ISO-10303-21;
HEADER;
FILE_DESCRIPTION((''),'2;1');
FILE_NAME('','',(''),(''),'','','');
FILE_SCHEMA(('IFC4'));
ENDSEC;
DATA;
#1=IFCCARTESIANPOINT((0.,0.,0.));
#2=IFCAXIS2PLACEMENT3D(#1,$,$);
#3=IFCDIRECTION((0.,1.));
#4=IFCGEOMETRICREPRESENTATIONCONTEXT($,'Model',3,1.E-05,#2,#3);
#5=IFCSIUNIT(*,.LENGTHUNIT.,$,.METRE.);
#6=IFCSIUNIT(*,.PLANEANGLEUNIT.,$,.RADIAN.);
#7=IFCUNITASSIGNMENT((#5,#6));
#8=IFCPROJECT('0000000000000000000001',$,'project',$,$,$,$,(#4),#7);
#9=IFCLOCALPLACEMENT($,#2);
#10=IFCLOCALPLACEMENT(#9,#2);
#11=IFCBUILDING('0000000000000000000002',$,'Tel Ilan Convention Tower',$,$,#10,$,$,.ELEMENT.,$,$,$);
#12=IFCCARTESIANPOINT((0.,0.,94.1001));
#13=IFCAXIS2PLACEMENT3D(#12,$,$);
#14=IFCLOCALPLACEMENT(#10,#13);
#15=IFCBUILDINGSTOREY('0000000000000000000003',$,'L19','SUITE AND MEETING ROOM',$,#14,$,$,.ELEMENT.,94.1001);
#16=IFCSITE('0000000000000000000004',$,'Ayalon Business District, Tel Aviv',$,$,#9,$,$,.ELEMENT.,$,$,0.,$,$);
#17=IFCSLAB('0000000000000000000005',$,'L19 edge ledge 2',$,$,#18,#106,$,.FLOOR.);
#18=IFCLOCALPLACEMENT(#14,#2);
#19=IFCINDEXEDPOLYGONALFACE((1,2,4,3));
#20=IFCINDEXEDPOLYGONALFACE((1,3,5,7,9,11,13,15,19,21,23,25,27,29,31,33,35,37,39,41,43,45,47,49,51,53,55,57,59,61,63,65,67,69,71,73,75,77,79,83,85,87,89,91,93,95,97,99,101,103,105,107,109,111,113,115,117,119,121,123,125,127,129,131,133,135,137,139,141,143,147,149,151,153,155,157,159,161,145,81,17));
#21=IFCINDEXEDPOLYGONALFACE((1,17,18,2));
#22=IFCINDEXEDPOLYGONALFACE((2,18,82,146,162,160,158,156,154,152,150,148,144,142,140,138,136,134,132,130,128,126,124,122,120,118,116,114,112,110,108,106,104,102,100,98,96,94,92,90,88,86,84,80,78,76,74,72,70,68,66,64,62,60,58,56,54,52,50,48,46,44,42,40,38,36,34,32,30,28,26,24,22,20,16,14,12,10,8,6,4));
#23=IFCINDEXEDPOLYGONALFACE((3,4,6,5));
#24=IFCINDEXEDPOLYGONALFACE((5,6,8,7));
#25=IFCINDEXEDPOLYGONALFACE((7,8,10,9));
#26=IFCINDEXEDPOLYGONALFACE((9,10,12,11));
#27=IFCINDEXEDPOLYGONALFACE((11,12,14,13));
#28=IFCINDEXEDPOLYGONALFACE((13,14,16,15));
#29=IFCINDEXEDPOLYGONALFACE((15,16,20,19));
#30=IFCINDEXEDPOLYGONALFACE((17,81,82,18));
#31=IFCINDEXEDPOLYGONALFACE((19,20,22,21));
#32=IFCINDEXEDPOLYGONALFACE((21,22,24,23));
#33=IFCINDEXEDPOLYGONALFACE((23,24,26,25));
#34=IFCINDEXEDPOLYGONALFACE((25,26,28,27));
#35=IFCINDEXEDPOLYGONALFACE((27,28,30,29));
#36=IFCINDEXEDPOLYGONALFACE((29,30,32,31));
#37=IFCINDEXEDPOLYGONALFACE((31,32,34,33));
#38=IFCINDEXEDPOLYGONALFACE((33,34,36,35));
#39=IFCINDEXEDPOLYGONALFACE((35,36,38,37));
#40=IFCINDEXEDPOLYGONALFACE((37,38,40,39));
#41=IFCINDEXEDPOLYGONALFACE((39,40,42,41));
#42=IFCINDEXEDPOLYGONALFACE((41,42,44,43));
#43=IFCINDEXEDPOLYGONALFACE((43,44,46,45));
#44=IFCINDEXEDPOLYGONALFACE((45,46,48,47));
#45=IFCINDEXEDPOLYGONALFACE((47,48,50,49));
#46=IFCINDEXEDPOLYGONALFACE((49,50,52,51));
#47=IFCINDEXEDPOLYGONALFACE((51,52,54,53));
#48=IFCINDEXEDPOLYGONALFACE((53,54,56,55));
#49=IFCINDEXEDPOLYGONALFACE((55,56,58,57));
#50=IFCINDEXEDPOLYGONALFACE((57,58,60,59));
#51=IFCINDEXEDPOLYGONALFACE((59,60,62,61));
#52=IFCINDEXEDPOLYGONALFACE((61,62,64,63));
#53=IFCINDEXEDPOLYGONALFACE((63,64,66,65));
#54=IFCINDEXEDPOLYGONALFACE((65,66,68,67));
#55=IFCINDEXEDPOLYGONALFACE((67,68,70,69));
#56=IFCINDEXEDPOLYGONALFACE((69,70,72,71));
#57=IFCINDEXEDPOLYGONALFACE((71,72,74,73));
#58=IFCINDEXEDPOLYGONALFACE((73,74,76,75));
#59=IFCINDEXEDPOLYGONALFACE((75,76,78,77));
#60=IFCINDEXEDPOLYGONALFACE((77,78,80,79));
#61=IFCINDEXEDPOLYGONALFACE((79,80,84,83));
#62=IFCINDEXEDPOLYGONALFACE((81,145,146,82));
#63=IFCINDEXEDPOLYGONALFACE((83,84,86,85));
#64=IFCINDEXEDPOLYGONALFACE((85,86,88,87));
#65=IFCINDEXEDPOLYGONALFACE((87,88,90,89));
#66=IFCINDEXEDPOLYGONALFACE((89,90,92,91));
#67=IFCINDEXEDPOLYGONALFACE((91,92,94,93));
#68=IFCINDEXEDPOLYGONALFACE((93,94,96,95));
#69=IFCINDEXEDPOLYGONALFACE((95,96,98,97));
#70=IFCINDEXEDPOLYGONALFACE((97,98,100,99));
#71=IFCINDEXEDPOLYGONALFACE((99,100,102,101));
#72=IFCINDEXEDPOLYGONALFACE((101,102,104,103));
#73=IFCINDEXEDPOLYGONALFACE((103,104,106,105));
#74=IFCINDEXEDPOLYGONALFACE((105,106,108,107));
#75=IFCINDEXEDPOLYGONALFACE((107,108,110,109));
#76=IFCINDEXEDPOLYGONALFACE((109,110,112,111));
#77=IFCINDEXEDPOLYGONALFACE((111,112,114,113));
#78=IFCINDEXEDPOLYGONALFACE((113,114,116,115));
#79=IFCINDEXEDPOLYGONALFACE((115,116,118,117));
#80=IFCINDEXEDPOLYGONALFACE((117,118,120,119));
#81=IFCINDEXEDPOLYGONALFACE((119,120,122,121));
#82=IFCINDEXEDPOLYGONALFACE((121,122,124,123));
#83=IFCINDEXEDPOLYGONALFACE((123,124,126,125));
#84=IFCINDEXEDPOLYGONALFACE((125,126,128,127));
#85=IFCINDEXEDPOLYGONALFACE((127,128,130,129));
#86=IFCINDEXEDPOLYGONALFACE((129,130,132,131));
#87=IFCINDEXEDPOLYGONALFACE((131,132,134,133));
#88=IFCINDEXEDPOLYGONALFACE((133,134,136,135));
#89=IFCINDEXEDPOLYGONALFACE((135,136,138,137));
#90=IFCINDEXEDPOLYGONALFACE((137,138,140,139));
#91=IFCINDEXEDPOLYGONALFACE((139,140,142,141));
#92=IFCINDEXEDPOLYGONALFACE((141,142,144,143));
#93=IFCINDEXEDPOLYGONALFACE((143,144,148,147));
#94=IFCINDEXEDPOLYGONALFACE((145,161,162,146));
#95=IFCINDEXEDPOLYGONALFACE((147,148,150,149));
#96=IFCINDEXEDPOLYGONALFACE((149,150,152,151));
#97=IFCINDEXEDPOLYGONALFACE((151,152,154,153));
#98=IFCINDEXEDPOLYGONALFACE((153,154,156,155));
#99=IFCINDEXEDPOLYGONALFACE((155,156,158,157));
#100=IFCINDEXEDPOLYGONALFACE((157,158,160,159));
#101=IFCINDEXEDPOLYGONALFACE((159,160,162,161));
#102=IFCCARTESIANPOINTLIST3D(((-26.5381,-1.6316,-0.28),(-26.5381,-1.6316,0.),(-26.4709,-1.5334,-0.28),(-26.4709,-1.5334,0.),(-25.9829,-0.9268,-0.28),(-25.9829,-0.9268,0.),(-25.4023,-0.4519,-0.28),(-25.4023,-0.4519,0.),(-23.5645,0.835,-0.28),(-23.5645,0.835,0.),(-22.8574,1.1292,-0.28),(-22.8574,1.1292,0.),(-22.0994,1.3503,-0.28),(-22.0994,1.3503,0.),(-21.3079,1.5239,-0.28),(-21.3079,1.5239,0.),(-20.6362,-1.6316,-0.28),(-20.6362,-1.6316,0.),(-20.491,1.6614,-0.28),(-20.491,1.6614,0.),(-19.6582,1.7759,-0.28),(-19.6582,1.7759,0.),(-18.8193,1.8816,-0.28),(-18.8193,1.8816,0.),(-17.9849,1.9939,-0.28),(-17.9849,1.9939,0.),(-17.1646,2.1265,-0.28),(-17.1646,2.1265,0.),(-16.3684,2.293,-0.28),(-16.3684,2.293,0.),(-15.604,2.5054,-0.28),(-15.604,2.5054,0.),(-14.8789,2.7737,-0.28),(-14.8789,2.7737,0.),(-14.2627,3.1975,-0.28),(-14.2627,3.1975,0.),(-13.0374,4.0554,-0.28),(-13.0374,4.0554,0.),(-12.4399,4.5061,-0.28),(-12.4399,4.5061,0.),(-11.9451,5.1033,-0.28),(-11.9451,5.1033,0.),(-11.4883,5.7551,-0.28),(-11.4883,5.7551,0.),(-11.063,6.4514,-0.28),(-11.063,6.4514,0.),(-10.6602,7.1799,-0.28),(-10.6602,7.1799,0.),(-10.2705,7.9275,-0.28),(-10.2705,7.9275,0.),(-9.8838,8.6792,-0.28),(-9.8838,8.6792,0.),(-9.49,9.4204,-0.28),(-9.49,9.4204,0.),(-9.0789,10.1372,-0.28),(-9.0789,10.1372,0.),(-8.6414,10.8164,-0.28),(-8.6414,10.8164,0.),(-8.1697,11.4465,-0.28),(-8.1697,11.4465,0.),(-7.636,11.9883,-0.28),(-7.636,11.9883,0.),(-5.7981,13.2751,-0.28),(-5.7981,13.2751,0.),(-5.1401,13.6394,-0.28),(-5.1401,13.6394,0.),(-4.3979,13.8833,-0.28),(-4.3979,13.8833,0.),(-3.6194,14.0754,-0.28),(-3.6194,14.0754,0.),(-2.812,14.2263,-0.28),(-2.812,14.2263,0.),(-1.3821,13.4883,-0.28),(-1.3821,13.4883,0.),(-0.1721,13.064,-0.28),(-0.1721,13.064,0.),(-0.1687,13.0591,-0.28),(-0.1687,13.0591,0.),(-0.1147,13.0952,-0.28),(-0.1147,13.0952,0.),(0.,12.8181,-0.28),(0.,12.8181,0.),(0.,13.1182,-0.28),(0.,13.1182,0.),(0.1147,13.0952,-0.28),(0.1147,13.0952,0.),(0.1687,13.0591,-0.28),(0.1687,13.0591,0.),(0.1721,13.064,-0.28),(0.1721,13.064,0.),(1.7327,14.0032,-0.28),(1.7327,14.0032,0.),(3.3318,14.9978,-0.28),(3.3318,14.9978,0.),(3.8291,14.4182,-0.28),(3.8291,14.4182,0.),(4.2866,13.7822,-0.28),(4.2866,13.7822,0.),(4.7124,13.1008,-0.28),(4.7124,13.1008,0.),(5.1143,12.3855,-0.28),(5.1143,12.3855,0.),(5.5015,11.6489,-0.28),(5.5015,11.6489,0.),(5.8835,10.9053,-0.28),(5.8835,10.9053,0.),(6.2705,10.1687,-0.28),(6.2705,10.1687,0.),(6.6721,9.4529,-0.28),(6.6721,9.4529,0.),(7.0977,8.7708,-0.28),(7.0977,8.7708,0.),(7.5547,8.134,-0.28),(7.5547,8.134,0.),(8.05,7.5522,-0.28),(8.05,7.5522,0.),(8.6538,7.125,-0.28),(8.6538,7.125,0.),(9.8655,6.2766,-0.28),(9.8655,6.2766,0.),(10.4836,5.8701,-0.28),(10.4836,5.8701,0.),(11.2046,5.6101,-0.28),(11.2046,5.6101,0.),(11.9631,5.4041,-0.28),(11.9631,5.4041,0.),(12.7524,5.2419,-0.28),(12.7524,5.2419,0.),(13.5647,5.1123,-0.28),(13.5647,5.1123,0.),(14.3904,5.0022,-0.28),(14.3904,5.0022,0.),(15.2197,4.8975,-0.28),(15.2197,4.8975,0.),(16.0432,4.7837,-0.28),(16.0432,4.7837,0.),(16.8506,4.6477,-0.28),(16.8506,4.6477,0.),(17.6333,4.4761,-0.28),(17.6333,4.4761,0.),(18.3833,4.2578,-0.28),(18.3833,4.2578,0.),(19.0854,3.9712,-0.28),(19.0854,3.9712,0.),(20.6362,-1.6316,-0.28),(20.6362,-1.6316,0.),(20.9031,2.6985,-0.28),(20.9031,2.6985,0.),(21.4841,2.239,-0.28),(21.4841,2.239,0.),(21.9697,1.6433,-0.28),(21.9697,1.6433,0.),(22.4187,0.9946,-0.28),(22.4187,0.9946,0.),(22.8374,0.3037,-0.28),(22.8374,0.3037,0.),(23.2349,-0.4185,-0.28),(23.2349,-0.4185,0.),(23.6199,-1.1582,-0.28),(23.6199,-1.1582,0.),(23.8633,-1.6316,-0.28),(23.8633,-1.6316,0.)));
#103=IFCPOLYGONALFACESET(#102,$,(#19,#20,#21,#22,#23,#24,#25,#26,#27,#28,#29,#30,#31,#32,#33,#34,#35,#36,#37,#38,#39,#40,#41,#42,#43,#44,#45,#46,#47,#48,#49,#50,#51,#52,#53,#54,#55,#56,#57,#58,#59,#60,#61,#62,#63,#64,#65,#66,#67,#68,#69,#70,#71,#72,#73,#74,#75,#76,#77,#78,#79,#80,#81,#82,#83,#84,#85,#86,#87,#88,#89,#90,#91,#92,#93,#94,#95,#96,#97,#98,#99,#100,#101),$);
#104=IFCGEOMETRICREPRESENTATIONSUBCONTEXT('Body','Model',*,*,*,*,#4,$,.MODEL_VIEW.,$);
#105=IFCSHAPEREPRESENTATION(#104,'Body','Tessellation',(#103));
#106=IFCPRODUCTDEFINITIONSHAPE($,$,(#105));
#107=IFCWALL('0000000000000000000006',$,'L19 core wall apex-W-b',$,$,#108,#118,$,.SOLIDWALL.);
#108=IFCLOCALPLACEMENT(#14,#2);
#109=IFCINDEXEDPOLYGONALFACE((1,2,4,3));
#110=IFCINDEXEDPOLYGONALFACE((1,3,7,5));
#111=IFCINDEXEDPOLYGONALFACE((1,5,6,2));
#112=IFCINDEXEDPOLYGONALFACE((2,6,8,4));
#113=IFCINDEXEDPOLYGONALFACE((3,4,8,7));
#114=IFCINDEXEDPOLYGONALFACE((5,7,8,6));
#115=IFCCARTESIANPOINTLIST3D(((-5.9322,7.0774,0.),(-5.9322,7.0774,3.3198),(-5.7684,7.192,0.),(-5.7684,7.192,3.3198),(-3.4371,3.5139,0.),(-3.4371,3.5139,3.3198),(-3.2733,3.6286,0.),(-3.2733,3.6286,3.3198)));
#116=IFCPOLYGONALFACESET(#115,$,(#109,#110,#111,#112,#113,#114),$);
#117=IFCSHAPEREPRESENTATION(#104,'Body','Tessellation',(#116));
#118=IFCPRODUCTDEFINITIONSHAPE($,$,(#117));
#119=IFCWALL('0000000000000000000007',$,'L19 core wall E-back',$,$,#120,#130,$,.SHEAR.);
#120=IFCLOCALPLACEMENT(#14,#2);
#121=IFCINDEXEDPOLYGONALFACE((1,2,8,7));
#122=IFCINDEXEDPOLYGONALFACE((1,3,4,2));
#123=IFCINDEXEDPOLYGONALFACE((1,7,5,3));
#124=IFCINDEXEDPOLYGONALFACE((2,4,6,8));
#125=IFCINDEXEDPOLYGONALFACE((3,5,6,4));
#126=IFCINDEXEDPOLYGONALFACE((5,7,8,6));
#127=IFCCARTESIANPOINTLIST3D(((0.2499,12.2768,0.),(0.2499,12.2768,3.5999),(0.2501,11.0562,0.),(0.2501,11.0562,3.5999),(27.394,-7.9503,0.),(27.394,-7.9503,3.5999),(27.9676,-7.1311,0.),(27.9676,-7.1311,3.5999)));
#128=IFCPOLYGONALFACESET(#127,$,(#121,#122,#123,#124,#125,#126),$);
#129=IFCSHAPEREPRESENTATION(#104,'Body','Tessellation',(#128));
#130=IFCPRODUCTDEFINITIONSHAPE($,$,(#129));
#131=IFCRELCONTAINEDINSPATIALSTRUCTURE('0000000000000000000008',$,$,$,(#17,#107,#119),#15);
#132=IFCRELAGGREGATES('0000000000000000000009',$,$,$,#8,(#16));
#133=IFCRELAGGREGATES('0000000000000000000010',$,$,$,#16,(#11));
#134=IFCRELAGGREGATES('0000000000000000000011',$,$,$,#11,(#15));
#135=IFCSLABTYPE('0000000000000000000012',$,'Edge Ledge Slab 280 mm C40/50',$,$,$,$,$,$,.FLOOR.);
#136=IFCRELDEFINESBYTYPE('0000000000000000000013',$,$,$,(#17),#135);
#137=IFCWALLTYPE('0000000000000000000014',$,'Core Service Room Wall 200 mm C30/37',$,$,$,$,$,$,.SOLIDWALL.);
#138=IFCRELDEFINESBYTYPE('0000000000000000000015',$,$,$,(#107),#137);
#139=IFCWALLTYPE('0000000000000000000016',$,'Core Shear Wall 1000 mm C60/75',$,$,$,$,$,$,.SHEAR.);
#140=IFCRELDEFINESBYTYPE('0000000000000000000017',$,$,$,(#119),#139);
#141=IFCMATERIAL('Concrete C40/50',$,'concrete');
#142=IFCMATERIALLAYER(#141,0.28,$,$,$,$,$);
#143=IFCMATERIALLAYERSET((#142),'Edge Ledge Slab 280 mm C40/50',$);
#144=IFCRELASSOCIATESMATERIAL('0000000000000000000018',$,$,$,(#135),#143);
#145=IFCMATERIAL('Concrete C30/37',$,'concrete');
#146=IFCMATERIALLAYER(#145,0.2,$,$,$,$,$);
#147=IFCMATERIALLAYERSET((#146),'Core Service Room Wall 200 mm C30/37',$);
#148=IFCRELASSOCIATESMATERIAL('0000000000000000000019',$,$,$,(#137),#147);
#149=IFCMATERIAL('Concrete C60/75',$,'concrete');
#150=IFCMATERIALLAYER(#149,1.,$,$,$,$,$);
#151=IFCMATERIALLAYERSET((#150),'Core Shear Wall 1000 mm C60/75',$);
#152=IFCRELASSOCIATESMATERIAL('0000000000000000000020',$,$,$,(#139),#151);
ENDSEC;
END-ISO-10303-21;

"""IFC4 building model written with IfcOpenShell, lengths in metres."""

from ifc_helpers import new_model, si_unit, direction, frame, frame_2d, origin, place, context, subcontext, project, spatial, polyline, rectangle, outline, extrude, material, layer, layer_set, type_object, element, save


model = new_model("IFC4")

# Units and contexts
model_context = context("Model", 3, precision=1e-05, world=origin(), true_north=direction((0.0, 1.0)))
body_context = subcontext(model_context, "Body", "Model", "MODEL_VIEW")
ifc_project = project(units=[si_unit("LENGTHUNIT", "METRE"), si_unit("PLANEANGLEUNIT", "RADIAN")], contexts=[model_context])

# Site, building, storey
site_placement = place(None, origin())
site = spatial("IfcSite", under=ifc_project, at=site_placement, Name="Ayalon Business District, Tel Aviv", CompositionType="ELEMENT", RefElevation=0.0)
building_placement = place(site_placement, origin())
building = spatial("IfcBuilding", under=site, at=building_placement, Name="Tel Ilan Convention Tower", CompositionType="ELEMENT")
storey_placement = place(building_placement, frame((0.0, 0.0, 94.1001)))
storey = spatial("IfcBuildingStorey", under=building, at=storey_placement, Name="L19", Description="SUITE AND MEETING ROOM", CompositionType="ELEMENT", Elevation=94.1001)

# Slab
ifc_material_1 = material(Name="Concrete C40/50", Category="concrete")
ifc_layer_1 = layer(ifc_material_1, 0.28)
ifc_layer_set_1 = layer_set([ifc_layer_1], Name="Edge Ledge Slab 280 mm C40/50")
slab_type_1 = type_object("IfcSlabType", Name="Edge Ledge Slab 280 mm C40/50", PredefinedType="FLOOR", material=ifc_layer_set_1)
slab_1_placement = place(storey_placement, frame((0.0, 0.0, -0.28)))
element("IfcSlab", 1, at=slab_1_placement, inside=storey, type_object=slab_type_1, Name="L19 edge ledge 2", PredefinedType="FLOOR", context=body_context, shape_type="SweptSolid", body=[
    extrude(outline(polyline([(-23.5645, 0.835), (-22.8574, 1.1292), (-22.0994, 1.3503), (-21.3079, 1.5239), (-20.491, 1.6614), (-19.6582, 1.7759), (-18.8193, 1.8816), (-17.9849, 1.9939), (-17.1646, 2.1265), (-16.3684, 2.293), (-15.604, 2.5054), (-14.8789, 2.7737), (-14.2627, 3.1975), (-13.0374, 4.0554), (-12.4399, 4.5061), (-11.9451, 5.1033), (-11.4883, 5.7551), (-11.063, 6.4514), (-10.6602, 7.1799), (-10.2705, 7.9275), (-9.8838, 8.6792), (-9.49, 9.4204), (-9.0789, 10.1372), (-8.6414, 10.8164), (-8.1697, 11.4465), (-7.636, 11.9883), (-5.7981, 13.2751), (-5.1401, 13.6394), (-4.3979, 13.8833), (-3.6194, 14.0754), (-2.812, 14.2263), (-1.3821, 13.4883), (-0.1721, 13.064), (-0.1687, 13.0591), (-0.1147, 13.0952), (0.0, 13.1182), (0.1147, 13.0952), (0.1687, 13.0591), (0.1721, 13.064), (1.7327, 14.0032), (3.3318, 14.9978), (3.8291, 14.4182), (4.2866, 13.7822), (4.7124, 13.1008), (5.1143, 12.3855), (5.5015, 11.6489), (5.8835, 10.9053), (6.2705, 10.1687), (6.6721, 9.4529), (7.0977, 8.7708), (7.5547, 8.134), (8.05, 7.5522), (8.6538, 7.125), (9.8655, 6.2766), (10.4836, 5.8701), (11.2046, 5.6101), (11.9631, 5.4041), (12.7524, 5.2419), (13.5647, 5.1123), (14.3904, 5.0022), (15.2197, 4.8975), (16.0432, 4.7837), (16.8506, 4.6477), (17.6333, 4.4761), (18.3833, 4.2578), (19.0854, 3.9712), (20.9031, 2.6985), (21.4841, 2.239), (21.9697, 1.6433), (22.4187, 0.9946), (22.8374, 0.3037), (23.2349, -0.4185), (23.6199, -1.1582), (23.8633, -1.6316), (20.6362, -1.6316), (0.0, 12.8181), (-20.6362, -1.6316), (-26.5381, -1.6316), (-26.4709, -1.5334), (-25.9829, -0.9268), (-25.4023, -0.4519), (-23.5645, 0.835)])), origin(), (0.0, 0.0, 1.0), 0.28),
])

# Walls
ifc_material_2 = material(Name="Concrete C30/37", Category="concrete")
ifc_layer_2 = layer(ifc_material_2, 0.2)
ifc_layer_set_2 = layer_set([ifc_layer_2], Name="Core Service Room Wall 200 mm C30/37")
wall_type_1 = type_object("IfcWallType", Name="Core Service Room Wall 200 mm C30/37", PredefinedType="SOLIDWALL", material=ifc_layer_set_2)
wall_1_placement = place(storey_placement, frame((-3.3552, 3.5713, 0.0), z_axis=(0.0, 0.0, 1.0), x_axis=(-0.573568, 0.819158, 0.0)))
element("IfcWall", 2, at=wall_1_placement, inside=storey, type_object=wall_type_1, Name="L19 core wall apex-W-b", PredefinedType="SOLIDWALL", context=body_context, shape_type="SweptSolid", body=[
    extrude(rectangle(XDim=4.3501, YDim=0.2, at=frame_2d((2.175, 0.0))), origin(), (0.0, 0.0, 1.0), 3.3198),
])
ifc_material_3 = material(Name="Concrete C60/75", Category="concrete")
ifc_layer_3 = layer(ifc_material_3, 1.0)
ifc_layer_set_3 = layer_set([ifc_layer_3], Name="Core Shear Wall 1000 mm C60/75")
wall_type_2 = type_object("IfcWallType", Name="Core Shear Wall 1000 mm C60/75", PredefinedType="SHEAR", material=ifc_layer_set_3)
wall_2_placement = place(storey_placement, frame((-0.0369, 11.8672, 0.0), z_axis=(0.0, 0.0, 1.0), x_axis=(0.819155, -0.573572, 0.0)))
element("IfcWall", 3, at=wall_2_placement, inside=storey, type_object=wall_type_2, Name="L19 core wall E-back", PredefinedType="SHEAR", context=body_context, shape_type="SweptSolid", body=[
    extrude(outline(polyline([(33.8369, 0.5), (0.0, 0.5), (0.7002, -0.4998), (33.8369, -0.5), (33.8369, 0.5)])), origin(), (0.0, 0.0, 1.0), 3.5999),
])

save(model, "model.ifc")
